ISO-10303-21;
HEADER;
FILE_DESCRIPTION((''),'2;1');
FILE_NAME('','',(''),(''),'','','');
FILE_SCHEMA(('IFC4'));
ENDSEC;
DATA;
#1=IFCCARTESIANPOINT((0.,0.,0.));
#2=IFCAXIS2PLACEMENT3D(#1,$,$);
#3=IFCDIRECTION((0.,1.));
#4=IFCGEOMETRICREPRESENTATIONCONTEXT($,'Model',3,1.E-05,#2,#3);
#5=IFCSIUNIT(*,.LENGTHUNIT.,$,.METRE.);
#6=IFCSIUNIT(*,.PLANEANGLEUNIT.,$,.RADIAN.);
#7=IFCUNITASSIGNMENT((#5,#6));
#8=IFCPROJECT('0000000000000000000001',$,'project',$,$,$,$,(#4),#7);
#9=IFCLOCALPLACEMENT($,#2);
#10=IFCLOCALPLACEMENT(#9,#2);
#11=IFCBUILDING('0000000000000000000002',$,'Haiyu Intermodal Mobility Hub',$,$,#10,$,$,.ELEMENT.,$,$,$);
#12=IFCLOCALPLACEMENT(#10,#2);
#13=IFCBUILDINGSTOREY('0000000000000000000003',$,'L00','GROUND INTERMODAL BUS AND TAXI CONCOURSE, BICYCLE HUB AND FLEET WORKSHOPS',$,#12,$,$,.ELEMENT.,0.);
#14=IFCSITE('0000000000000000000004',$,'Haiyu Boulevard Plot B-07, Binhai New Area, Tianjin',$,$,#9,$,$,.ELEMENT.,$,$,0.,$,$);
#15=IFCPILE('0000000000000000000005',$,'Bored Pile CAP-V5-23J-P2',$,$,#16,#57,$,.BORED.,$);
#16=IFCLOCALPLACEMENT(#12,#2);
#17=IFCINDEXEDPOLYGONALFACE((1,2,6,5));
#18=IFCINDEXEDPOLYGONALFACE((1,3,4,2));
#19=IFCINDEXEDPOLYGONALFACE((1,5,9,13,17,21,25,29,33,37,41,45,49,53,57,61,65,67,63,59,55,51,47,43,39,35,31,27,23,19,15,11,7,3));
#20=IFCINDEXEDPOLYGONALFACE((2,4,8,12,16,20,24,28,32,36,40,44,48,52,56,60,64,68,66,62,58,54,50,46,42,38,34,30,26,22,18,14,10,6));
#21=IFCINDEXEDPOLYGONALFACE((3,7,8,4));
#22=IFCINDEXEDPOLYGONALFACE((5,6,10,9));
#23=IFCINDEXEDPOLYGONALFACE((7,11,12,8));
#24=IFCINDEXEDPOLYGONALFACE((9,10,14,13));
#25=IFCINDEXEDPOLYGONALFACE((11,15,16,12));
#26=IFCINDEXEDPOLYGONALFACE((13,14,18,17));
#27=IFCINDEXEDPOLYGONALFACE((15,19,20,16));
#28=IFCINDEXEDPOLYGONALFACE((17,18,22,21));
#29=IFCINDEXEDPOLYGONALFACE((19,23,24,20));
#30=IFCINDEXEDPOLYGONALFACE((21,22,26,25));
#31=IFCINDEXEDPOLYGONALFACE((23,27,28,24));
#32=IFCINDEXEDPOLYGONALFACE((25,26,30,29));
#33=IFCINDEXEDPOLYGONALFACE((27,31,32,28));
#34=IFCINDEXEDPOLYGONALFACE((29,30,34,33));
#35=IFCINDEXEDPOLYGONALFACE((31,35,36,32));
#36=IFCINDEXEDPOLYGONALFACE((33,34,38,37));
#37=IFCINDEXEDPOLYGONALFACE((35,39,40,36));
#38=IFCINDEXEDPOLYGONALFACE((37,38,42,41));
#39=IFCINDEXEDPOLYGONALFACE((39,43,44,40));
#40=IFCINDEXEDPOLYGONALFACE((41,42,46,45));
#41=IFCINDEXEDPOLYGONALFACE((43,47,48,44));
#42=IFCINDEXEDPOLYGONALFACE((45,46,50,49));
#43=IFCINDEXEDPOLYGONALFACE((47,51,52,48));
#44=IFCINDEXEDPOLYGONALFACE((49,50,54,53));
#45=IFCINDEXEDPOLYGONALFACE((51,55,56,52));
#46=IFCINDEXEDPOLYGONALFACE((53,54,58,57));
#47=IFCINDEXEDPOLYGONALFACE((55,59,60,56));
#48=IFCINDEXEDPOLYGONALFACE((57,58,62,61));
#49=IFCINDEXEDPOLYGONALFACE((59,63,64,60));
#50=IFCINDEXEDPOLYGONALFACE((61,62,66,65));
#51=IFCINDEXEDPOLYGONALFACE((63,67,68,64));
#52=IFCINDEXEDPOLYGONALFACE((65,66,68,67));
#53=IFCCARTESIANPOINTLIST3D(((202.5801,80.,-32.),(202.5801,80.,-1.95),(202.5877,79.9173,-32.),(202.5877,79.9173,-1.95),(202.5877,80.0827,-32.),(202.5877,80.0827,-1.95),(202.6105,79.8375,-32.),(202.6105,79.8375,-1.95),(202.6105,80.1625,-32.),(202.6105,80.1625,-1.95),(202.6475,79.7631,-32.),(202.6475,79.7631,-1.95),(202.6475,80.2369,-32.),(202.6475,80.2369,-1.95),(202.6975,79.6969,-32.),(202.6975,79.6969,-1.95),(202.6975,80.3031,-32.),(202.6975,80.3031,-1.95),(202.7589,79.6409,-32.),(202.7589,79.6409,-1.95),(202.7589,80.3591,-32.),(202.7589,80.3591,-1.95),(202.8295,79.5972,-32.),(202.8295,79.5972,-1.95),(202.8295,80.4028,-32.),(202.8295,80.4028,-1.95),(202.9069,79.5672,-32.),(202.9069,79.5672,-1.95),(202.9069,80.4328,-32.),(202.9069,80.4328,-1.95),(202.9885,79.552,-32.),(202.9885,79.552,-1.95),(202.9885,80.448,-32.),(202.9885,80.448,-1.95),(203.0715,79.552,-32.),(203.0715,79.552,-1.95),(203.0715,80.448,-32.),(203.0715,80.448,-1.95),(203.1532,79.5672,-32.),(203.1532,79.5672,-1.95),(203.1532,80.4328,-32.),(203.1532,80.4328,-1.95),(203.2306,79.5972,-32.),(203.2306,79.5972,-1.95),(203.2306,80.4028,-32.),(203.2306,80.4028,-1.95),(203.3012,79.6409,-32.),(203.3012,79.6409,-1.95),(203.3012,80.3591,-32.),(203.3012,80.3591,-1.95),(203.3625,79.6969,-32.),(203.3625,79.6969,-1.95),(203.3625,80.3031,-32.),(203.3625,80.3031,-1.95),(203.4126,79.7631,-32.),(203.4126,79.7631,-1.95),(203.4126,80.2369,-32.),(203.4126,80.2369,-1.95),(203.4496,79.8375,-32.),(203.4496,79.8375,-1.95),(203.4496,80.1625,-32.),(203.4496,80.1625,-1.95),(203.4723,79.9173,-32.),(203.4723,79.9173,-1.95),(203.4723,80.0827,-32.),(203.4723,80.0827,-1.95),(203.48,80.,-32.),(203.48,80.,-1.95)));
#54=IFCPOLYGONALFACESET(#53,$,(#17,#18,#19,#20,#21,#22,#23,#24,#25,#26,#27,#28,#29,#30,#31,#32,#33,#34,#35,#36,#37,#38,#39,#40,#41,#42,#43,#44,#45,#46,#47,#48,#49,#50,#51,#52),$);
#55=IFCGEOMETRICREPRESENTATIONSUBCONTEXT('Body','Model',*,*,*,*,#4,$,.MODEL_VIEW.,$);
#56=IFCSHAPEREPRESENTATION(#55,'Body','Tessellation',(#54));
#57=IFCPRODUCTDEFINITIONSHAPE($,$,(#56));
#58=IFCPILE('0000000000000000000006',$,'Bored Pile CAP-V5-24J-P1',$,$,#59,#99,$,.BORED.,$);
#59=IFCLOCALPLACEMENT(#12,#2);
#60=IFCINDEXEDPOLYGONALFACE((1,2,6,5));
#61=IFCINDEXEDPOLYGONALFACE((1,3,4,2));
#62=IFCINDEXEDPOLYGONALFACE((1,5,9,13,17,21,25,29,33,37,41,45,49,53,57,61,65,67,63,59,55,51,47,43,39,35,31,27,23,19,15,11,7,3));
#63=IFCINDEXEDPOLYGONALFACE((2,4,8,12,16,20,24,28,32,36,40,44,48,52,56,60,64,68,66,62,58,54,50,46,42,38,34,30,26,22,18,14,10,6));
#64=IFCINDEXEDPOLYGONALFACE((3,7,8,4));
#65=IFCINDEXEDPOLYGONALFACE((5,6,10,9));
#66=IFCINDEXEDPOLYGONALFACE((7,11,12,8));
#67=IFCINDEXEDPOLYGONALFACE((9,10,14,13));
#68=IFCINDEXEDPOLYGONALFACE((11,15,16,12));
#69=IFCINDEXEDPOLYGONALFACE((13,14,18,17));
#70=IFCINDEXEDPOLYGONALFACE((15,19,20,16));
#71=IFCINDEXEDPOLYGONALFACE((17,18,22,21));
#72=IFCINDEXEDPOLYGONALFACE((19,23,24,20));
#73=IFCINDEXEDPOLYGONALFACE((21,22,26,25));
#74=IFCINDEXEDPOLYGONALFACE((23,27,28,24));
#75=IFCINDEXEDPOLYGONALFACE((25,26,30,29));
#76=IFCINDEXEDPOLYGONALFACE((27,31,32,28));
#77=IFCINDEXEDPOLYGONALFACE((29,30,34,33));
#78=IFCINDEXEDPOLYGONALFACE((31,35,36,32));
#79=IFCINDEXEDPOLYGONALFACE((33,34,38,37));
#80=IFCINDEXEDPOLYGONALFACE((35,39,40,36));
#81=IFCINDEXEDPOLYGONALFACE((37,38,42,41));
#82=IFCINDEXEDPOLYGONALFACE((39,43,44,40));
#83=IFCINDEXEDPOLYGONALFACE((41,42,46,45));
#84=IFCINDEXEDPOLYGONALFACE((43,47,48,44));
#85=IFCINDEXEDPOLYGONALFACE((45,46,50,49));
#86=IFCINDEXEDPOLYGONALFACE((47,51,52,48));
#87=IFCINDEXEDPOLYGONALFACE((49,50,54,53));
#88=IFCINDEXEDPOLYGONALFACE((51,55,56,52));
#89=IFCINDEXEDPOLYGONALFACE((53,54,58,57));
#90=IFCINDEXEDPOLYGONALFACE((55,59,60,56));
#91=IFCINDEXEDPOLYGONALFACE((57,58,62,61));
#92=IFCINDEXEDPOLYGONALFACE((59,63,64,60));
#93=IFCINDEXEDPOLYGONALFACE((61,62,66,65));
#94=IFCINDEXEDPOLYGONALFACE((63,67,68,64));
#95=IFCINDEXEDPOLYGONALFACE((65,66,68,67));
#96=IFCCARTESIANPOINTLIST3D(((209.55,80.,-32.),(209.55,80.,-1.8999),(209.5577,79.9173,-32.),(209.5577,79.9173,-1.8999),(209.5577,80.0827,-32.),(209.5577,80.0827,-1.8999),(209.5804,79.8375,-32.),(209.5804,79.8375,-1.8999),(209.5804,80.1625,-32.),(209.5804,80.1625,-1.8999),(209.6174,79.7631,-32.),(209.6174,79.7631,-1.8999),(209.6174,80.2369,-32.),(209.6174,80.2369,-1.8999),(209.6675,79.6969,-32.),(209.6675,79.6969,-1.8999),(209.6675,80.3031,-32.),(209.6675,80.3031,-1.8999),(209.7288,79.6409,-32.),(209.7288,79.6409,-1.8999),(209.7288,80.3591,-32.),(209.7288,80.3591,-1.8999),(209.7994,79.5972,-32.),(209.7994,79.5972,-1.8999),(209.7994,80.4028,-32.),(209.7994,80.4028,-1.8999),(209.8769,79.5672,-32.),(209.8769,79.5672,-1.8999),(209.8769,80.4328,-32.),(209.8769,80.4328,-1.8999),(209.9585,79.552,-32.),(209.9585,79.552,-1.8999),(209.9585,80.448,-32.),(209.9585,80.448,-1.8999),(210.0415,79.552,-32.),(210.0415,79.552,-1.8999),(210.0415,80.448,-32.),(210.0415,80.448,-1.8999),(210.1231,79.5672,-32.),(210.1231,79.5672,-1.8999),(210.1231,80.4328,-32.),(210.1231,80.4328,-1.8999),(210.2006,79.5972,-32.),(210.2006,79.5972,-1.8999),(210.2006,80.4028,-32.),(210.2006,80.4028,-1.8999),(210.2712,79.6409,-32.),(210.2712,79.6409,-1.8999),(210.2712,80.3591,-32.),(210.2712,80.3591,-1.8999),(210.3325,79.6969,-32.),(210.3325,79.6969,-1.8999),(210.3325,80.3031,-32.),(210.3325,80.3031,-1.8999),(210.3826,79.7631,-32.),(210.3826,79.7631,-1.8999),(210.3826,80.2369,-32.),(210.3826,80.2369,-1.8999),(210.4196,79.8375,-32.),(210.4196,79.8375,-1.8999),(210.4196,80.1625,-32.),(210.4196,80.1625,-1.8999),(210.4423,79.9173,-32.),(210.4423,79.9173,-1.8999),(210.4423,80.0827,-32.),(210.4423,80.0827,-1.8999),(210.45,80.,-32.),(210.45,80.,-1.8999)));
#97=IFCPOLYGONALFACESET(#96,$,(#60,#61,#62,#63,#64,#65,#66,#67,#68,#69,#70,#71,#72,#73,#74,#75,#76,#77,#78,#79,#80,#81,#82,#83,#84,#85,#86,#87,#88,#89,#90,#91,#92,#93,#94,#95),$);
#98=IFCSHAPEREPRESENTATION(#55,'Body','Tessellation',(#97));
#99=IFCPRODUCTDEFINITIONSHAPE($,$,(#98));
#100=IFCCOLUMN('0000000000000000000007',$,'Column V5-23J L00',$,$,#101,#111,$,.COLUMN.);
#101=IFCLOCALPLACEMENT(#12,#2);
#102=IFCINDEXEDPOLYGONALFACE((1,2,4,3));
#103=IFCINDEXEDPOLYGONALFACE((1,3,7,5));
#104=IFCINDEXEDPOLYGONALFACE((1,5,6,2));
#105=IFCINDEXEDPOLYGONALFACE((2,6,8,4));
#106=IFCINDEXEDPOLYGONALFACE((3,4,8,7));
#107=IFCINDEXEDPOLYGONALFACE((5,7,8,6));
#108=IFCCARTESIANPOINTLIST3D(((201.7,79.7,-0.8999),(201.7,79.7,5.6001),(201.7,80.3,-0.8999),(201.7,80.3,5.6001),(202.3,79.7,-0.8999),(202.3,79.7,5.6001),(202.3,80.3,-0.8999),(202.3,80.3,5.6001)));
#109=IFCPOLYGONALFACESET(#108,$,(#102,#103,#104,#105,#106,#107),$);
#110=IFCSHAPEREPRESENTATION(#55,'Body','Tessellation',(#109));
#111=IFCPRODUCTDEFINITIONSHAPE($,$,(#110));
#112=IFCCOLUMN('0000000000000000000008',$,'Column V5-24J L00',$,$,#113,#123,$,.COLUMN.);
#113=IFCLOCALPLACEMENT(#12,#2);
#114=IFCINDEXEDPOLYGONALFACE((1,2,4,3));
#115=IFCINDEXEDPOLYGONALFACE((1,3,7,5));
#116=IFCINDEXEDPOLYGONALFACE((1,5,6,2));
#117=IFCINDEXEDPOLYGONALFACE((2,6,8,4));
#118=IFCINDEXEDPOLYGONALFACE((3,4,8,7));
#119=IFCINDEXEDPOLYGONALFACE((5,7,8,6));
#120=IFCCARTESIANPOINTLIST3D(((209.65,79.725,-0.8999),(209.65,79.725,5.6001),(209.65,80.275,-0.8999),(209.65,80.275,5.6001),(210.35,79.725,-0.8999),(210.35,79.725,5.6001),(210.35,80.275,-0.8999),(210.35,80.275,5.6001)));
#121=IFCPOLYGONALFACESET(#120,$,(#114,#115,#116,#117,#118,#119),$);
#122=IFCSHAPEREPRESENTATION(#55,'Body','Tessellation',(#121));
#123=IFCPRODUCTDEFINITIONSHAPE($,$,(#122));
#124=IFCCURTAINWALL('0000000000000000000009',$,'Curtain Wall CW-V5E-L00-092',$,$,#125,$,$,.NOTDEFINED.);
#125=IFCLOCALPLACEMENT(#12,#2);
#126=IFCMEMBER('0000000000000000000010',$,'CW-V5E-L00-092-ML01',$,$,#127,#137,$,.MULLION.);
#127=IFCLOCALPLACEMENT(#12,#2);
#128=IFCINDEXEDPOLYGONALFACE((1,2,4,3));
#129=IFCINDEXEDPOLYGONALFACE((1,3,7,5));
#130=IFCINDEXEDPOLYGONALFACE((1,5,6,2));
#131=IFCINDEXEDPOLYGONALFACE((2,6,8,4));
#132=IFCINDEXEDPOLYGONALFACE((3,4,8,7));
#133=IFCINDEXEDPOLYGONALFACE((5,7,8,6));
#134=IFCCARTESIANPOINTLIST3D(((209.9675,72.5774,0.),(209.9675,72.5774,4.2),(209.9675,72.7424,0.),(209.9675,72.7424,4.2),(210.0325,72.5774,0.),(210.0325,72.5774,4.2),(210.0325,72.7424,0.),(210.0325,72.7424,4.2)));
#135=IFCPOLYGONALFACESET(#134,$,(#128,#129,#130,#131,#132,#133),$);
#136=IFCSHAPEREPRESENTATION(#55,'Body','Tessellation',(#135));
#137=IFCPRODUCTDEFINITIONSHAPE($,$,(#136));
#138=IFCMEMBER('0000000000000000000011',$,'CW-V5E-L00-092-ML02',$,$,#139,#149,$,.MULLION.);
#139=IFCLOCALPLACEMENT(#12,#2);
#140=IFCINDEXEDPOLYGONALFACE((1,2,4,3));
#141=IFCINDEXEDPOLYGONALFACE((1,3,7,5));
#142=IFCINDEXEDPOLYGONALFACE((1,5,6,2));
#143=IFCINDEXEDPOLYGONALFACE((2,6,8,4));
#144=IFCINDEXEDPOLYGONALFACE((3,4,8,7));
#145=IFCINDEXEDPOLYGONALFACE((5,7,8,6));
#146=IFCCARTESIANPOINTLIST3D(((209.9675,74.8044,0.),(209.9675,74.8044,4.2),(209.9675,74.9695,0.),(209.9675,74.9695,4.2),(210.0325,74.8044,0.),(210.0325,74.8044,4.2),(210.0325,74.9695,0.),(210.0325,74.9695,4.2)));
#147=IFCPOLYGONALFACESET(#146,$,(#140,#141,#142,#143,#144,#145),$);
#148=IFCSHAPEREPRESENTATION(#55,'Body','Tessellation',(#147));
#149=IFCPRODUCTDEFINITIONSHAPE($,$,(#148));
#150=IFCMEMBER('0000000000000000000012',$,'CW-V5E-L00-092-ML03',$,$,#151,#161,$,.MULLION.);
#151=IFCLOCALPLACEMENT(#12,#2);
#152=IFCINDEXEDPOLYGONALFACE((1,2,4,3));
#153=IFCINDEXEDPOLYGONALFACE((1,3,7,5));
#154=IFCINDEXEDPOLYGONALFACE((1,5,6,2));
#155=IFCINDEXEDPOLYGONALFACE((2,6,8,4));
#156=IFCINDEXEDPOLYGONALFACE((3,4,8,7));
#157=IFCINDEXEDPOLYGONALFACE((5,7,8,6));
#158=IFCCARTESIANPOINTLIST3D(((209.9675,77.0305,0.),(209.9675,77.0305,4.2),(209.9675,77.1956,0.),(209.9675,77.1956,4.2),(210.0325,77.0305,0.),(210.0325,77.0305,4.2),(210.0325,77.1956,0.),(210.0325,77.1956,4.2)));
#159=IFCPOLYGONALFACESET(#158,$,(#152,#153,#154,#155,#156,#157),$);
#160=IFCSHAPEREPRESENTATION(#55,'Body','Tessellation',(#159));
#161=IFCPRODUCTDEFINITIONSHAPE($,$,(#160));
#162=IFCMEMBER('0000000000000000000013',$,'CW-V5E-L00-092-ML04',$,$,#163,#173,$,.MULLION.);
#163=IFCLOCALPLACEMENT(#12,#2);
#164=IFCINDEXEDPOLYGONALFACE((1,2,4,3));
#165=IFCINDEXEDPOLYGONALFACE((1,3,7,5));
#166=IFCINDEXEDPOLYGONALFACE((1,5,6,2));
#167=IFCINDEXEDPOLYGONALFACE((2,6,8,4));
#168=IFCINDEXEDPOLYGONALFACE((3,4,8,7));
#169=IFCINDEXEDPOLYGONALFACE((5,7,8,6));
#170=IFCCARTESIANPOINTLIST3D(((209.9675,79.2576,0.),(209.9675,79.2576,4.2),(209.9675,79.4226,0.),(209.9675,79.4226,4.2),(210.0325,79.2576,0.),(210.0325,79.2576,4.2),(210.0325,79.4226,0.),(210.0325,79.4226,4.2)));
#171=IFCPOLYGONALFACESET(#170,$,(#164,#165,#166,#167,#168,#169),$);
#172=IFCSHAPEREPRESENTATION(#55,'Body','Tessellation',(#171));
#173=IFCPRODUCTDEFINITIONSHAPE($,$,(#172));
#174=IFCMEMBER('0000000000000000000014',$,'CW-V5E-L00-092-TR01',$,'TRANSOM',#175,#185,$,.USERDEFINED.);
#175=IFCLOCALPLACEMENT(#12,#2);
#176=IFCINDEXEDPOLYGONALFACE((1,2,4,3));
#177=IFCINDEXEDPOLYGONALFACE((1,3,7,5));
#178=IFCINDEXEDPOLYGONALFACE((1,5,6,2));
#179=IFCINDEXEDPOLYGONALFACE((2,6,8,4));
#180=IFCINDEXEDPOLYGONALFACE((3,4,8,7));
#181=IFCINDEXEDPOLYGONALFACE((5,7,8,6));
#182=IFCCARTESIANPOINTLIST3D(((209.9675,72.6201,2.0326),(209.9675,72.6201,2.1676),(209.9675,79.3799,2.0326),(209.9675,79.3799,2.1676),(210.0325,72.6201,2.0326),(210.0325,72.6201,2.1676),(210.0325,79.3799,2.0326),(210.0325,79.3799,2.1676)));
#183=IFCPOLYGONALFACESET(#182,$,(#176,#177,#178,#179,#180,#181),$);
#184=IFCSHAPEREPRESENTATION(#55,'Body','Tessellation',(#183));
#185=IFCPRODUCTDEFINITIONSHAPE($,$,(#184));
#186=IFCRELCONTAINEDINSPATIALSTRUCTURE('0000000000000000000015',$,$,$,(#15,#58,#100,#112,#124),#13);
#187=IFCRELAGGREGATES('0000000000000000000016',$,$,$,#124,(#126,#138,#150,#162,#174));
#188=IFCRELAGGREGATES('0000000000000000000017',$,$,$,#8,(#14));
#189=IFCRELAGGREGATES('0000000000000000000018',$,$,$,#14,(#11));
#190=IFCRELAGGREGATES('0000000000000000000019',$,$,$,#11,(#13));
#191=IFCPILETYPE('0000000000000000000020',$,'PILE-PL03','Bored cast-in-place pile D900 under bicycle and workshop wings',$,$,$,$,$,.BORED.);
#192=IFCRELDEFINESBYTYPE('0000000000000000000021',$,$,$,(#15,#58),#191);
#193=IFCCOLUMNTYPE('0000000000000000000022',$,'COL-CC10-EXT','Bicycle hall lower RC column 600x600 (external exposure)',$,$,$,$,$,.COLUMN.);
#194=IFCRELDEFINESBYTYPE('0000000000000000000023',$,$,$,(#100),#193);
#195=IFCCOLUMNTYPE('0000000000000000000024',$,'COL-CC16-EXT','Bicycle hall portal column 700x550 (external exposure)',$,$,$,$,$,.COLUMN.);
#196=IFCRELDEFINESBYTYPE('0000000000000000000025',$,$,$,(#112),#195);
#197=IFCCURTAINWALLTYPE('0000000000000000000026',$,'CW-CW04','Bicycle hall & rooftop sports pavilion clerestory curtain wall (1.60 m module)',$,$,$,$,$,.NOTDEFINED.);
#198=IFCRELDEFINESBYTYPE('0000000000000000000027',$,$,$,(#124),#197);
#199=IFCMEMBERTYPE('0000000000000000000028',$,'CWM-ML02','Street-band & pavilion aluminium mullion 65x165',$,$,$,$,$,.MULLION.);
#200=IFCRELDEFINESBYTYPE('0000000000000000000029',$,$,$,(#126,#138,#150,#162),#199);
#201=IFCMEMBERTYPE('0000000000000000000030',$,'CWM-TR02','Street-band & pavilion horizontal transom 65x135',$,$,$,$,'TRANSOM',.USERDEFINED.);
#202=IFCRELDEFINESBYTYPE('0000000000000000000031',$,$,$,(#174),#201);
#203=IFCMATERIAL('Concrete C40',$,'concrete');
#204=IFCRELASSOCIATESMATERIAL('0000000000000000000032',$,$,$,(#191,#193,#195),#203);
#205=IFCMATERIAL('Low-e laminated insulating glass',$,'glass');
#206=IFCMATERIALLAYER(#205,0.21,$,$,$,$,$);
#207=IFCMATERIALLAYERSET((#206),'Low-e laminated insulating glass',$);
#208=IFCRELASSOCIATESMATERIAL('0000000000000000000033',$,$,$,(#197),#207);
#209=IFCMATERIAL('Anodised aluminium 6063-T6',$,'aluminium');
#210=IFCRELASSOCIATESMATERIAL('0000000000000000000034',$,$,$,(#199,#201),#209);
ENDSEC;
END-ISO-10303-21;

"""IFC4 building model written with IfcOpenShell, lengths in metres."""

from ifc_helpers import new_model, si_unit, direction, frame, origin, origin_2d, place, context, subcontext, project, spatial, rectangle, circle, extrude, material, layer, layer_set, material_profile, profile_set, type_object, element, aggregate, save


model = new_model("IFC4")

# Units and contexts
model_context = context("Model", 3, precision=1e-05, world=origin(), true_north=direction((0.0, 1.0)))
body_context = subcontext(model_context, "Body", "Model", "MODEL_VIEW")
ifc_project = project(units=[si_unit("LENGTHUNIT", "METRE"), si_unit("PLANEANGLEUNIT", "RADIAN")], contexts=[model_context])

# Site, building, storey
site_placement = place(None, origin())
site = spatial("IfcSite", under=ifc_project, at=site_placement, Name="Haiyu Boulevard Plot B-07, Binhai New Area, Tianjin", CompositionType="ELEMENT", RefElevation=0.0)
building_placement = place(site_placement, origin())
building = spatial("IfcBuilding", under=site, at=building_placement, Name="Haiyu Intermodal Mobility Hub", CompositionType="ELEMENT")
storey_placement = place(building_placement, origin())
storey = spatial("IfcBuildingStorey", under=building, at=storey_placement, Name="L00", Description="GROUND INTERMODAL BUS AND TAXI CONCOURSE, BICYCLE HUB AND FLEET WORKSHOPS", CompositionType="ELEMENT", Elevation=0.0)

# Shared definitions
ifc_material_1 = material(Name="Concrete C40", Category="concrete")

# Piles
ifc_material_profile_1 = material_profile(ifc_material_1, circle(Radius=0.45, at=origin_2d()), Name="PILE-D900")
ifc_profile_set_1 = profile_set([ifc_material_profile_1], Name="Concrete C40")
pile_type_1 = type_object("IfcPileType", Name="PILE-PL03", Description="Bored cast-in-place pile D900 under bicycle and workshop wings", PredefinedType="BORED", material=ifc_profile_set_1)
for number, where, z_axis, x_axis, name in (
    (1, (203.03, 80.0, -1.95), (0.0, 0.0, -1.0), (1.0, 0.0, 0.0), "Bored Pile CAP-V5-23J-P2"),
):
    element("IfcPile", number, at=place(storey_placement, frame(where, z_axis=z_axis, x_axis=x_axis)), inside=storey, type_object=pile_type_1, Name=name, PredefinedType="BORED", context=body_context, shape_type="SweptSolid", body=[
        extrude(circle(Radius=0.45, at=origin_2d()), origin(), (0.0, 0.0, 1.0), 30.05),
    ])
pile_placement = place(storey_placement, frame((210.0, 80.0, -1.8999), z_axis=(0.0, 0.0, -1.0), x_axis=(1.0, 0.0, 0.0)))
element("IfcPile", 2, at=pile_placement, inside=storey, type_object=pile_type_1, Name="Bored Pile CAP-V5-24J-P1", PredefinedType="BORED", context=body_context, shape_type="SweptSolid", body=[
    extrude(circle(Radius=0.45, at=origin_2d()), origin(), (0.0, 0.0, 1.0), 30.1001),
])

# Columns
ifc_material_profile_2 = material_profile(ifc_material_1, rectangle(XDim=0.6001, YDim=0.6001, at=origin_2d()), Name="RC600x600")
ifc_profile_set_2 = profile_set([ifc_material_profile_2], Name="Concrete C40")
column_type_1 = type_object("IfcColumnType", Name="COL-CC10-EXT", Description="Bicycle hall lower RC column 600x600 (external exposure)", PredefinedType="COLUMN", material=ifc_profile_set_2)
column_1_placement = place(storey_placement, frame((202.0, 80.0, -0.8999), z_axis=(0.0, 0.0, 1.0), x_axis=(1.0, 0.0, 0.0)))
element("IfcColumn", 3, at=column_1_placement, inside=storey, type_object=column_type_1, Name="Column V5-23J L00", PredefinedType="COLUMN", context=body_context, shape_type="SweptSolid", body=[
    extrude(rectangle(XDim=0.6001, YDim=0.6001, at=origin_2d()), origin(), (0.0, 0.0, 1.0), 6.5),
])
ifc_material_profile_3 = material_profile(ifc_material_1, rectangle(XDim=0.7, YDim=0.55, at=origin_2d()), Name="C700x550")
ifc_profile_set_3 = profile_set([ifc_material_profile_3], Name="Concrete C40")
column_type_2 = type_object("IfcColumnType", Name="COL-CC16-EXT", Description="Bicycle hall portal column 700x550 (external exposure)", PredefinedType="COLUMN", material=ifc_profile_set_3)
column_2_placement = place(storey_placement, frame((210.0, 80.0, -0.8999), z_axis=(0.0, 0.0, 1.0), x_axis=(1.0, 0.0, 0.0)))
element("IfcColumn", 4, at=column_2_placement, inside=storey, type_object=column_type_2, Name="Column V5-24J L00", PredefinedType="COLUMN", context=body_context, shape_type="SweptSolid", body=[
    extrude(rectangle(XDim=0.7, YDim=0.55, at=origin_2d()), origin(), (0.0, 0.0, 1.0), 6.5),
])

# Curtain wall, members
ifc_material_2 = material(Name="Low-e laminated insulating glass", Category="glass")
ifc_layer_1 = layer(ifc_material_2, 0.21)
ifc_layer_set_1 = layer_set([ifc_layer_1], Name="Low-e laminated insulating glass")
curtain_wall_type = type_object("IfcCurtainWallType", Name="CW-CW04", Description="Bicycle hall & rooftop sports pavilion clerestory curtain wall (1.60 m module)", PredefinedType="NOTDEFINED", material=ifc_layer_set_1)
curtain_wall_placement = place(storey_placement, origin())
curtain_wall = element("IfcCurtainWall", 5, at=curtain_wall_placement, inside=storey, type_object=curtain_wall_type, Name="Curtain Wall CW-V5E-L00-092", PredefinedType="NOTDEFINED")
ifc_material_3 = material(Name="Anodised aluminium 6063-T6", Category="aluminium")
ifc_material_profile_4 = material_profile(ifc_material_3, rectangle(XDim=0.0649, YDim=0.165, at=origin_2d()), Name="ALU65x165")
ifc_profile_set_4 = profile_set([ifc_material_profile_4], Name="Anodised aluminium 6063-T6")
member_type_1 = type_object("IfcMemberType", Name="CWM-ML02", Description="Street-band & pavilion aluminium mullion 65x165", PredefinedType="MULLION", material=ifc_profile_set_4)
member_1_placement = place(storey_placement, frame((210.0, 72.6599, 0.0), z_axis=(0.0, 0.0, 1.0), x_axis=(1.0, 0.0, 0.0)))
member_1 = element("IfcMember", 6, at=member_1_placement, type_object=member_type_1, Name="CW-V5E-L00-092-ML01", PredefinedType="MULLION", context=body_context, shape_type="SweptSolid", body=[
    extrude(rectangle(XDim=0.0649, YDim=0.165, at=origin_2d()), origin(), (0.0, 0.0, 1.0), 4.2),
])
member_2_placement = place(storey_placement, frame((210.0, 74.887, 0.0), z_axis=(0.0, 0.0, 1.0), x_axis=(1.0, 0.0, 0.0)))
member_2 = element("IfcMember", 7, at=member_2_placement, type_object=member_type_1, Name="CW-V5E-L00-092-ML02", PredefinedType="MULLION", context=body_context, shape_type="SweptSolid", body=[
    extrude(rectangle(XDim=0.0649, YDim=0.165, at=origin_2d()), origin(), (0.0, 0.0, 1.0), 4.2),
])
member_3_placement = place(storey_placement, frame((210.0, 77.113, 0.0), z_axis=(0.0, 0.0, 1.0), x_axis=(1.0, 0.0, 0.0)))
member_3 = element("IfcMember", 8, at=member_3_placement, type_object=member_type_1, Name="CW-V5E-L00-092-ML03", PredefinedType="MULLION", context=body_context, shape_type="SweptSolid", body=[
    extrude(rectangle(XDim=0.0649, YDim=0.165, at=origin_2d()), origin(), (0.0, 0.0, 1.0), 4.2),
])
member_4_placement = place(storey_placement, frame((210.0, 79.3401, 0.0), z_axis=(0.0, 0.0, 1.0), x_axis=(1.0, 0.0, 0.0)))
member_4 = element("IfcMember", 9, at=member_4_placement, type_object=member_type_1, Name="CW-V5E-L00-092-ML04", PredefinedType="MULLION", context=body_context, shape_type="SweptSolid", body=[
    extrude(rectangle(XDim=0.0649, YDim=0.165, at=origin_2d()), origin(), (0.0, 0.0, 1.0), 4.2),
])
ifc_material_profile_5 = material_profile(ifc_material_3, rectangle(XDim=0.0649, YDim=0.135, at=origin_2d()), Name="ALU65x135")
ifc_profile_set_5 = profile_set([ifc_material_profile_5], Name="Anodised aluminium 6063-T6")
member_type_2 = type_object("IfcMemberType", Name="CWM-TR02", Description="Street-band & pavilion horizontal transom 65x135", ElementType="TRANSOM", PredefinedType="USERDEFINED", material=ifc_profile_set_5)
member_5_placement = place(storey_placement, frame((210.0, 72.6201, 2.1001), z_axis=(0.0, 1.0, 0.0), x_axis=(-1.0, 0.0, 0.0)))
member_5 = element("IfcMember", 10, at=member_5_placement, type_object=member_type_2, Name="CW-V5E-L00-092-TR01", ObjectType="TRANSOM", PredefinedType="USERDEFINED", context=body_context, shape_type="SweptSolid", body=[
    extrude(rectangle(XDim=0.0649, YDim=0.135, at=origin_2d()), origin(), (0.0, 0.0, 1.0), 6.7598),
])
aggregate(curtain_wall, [member_1, member_2, member_3, member_4, member_5])

save(model, "model.ifc")
